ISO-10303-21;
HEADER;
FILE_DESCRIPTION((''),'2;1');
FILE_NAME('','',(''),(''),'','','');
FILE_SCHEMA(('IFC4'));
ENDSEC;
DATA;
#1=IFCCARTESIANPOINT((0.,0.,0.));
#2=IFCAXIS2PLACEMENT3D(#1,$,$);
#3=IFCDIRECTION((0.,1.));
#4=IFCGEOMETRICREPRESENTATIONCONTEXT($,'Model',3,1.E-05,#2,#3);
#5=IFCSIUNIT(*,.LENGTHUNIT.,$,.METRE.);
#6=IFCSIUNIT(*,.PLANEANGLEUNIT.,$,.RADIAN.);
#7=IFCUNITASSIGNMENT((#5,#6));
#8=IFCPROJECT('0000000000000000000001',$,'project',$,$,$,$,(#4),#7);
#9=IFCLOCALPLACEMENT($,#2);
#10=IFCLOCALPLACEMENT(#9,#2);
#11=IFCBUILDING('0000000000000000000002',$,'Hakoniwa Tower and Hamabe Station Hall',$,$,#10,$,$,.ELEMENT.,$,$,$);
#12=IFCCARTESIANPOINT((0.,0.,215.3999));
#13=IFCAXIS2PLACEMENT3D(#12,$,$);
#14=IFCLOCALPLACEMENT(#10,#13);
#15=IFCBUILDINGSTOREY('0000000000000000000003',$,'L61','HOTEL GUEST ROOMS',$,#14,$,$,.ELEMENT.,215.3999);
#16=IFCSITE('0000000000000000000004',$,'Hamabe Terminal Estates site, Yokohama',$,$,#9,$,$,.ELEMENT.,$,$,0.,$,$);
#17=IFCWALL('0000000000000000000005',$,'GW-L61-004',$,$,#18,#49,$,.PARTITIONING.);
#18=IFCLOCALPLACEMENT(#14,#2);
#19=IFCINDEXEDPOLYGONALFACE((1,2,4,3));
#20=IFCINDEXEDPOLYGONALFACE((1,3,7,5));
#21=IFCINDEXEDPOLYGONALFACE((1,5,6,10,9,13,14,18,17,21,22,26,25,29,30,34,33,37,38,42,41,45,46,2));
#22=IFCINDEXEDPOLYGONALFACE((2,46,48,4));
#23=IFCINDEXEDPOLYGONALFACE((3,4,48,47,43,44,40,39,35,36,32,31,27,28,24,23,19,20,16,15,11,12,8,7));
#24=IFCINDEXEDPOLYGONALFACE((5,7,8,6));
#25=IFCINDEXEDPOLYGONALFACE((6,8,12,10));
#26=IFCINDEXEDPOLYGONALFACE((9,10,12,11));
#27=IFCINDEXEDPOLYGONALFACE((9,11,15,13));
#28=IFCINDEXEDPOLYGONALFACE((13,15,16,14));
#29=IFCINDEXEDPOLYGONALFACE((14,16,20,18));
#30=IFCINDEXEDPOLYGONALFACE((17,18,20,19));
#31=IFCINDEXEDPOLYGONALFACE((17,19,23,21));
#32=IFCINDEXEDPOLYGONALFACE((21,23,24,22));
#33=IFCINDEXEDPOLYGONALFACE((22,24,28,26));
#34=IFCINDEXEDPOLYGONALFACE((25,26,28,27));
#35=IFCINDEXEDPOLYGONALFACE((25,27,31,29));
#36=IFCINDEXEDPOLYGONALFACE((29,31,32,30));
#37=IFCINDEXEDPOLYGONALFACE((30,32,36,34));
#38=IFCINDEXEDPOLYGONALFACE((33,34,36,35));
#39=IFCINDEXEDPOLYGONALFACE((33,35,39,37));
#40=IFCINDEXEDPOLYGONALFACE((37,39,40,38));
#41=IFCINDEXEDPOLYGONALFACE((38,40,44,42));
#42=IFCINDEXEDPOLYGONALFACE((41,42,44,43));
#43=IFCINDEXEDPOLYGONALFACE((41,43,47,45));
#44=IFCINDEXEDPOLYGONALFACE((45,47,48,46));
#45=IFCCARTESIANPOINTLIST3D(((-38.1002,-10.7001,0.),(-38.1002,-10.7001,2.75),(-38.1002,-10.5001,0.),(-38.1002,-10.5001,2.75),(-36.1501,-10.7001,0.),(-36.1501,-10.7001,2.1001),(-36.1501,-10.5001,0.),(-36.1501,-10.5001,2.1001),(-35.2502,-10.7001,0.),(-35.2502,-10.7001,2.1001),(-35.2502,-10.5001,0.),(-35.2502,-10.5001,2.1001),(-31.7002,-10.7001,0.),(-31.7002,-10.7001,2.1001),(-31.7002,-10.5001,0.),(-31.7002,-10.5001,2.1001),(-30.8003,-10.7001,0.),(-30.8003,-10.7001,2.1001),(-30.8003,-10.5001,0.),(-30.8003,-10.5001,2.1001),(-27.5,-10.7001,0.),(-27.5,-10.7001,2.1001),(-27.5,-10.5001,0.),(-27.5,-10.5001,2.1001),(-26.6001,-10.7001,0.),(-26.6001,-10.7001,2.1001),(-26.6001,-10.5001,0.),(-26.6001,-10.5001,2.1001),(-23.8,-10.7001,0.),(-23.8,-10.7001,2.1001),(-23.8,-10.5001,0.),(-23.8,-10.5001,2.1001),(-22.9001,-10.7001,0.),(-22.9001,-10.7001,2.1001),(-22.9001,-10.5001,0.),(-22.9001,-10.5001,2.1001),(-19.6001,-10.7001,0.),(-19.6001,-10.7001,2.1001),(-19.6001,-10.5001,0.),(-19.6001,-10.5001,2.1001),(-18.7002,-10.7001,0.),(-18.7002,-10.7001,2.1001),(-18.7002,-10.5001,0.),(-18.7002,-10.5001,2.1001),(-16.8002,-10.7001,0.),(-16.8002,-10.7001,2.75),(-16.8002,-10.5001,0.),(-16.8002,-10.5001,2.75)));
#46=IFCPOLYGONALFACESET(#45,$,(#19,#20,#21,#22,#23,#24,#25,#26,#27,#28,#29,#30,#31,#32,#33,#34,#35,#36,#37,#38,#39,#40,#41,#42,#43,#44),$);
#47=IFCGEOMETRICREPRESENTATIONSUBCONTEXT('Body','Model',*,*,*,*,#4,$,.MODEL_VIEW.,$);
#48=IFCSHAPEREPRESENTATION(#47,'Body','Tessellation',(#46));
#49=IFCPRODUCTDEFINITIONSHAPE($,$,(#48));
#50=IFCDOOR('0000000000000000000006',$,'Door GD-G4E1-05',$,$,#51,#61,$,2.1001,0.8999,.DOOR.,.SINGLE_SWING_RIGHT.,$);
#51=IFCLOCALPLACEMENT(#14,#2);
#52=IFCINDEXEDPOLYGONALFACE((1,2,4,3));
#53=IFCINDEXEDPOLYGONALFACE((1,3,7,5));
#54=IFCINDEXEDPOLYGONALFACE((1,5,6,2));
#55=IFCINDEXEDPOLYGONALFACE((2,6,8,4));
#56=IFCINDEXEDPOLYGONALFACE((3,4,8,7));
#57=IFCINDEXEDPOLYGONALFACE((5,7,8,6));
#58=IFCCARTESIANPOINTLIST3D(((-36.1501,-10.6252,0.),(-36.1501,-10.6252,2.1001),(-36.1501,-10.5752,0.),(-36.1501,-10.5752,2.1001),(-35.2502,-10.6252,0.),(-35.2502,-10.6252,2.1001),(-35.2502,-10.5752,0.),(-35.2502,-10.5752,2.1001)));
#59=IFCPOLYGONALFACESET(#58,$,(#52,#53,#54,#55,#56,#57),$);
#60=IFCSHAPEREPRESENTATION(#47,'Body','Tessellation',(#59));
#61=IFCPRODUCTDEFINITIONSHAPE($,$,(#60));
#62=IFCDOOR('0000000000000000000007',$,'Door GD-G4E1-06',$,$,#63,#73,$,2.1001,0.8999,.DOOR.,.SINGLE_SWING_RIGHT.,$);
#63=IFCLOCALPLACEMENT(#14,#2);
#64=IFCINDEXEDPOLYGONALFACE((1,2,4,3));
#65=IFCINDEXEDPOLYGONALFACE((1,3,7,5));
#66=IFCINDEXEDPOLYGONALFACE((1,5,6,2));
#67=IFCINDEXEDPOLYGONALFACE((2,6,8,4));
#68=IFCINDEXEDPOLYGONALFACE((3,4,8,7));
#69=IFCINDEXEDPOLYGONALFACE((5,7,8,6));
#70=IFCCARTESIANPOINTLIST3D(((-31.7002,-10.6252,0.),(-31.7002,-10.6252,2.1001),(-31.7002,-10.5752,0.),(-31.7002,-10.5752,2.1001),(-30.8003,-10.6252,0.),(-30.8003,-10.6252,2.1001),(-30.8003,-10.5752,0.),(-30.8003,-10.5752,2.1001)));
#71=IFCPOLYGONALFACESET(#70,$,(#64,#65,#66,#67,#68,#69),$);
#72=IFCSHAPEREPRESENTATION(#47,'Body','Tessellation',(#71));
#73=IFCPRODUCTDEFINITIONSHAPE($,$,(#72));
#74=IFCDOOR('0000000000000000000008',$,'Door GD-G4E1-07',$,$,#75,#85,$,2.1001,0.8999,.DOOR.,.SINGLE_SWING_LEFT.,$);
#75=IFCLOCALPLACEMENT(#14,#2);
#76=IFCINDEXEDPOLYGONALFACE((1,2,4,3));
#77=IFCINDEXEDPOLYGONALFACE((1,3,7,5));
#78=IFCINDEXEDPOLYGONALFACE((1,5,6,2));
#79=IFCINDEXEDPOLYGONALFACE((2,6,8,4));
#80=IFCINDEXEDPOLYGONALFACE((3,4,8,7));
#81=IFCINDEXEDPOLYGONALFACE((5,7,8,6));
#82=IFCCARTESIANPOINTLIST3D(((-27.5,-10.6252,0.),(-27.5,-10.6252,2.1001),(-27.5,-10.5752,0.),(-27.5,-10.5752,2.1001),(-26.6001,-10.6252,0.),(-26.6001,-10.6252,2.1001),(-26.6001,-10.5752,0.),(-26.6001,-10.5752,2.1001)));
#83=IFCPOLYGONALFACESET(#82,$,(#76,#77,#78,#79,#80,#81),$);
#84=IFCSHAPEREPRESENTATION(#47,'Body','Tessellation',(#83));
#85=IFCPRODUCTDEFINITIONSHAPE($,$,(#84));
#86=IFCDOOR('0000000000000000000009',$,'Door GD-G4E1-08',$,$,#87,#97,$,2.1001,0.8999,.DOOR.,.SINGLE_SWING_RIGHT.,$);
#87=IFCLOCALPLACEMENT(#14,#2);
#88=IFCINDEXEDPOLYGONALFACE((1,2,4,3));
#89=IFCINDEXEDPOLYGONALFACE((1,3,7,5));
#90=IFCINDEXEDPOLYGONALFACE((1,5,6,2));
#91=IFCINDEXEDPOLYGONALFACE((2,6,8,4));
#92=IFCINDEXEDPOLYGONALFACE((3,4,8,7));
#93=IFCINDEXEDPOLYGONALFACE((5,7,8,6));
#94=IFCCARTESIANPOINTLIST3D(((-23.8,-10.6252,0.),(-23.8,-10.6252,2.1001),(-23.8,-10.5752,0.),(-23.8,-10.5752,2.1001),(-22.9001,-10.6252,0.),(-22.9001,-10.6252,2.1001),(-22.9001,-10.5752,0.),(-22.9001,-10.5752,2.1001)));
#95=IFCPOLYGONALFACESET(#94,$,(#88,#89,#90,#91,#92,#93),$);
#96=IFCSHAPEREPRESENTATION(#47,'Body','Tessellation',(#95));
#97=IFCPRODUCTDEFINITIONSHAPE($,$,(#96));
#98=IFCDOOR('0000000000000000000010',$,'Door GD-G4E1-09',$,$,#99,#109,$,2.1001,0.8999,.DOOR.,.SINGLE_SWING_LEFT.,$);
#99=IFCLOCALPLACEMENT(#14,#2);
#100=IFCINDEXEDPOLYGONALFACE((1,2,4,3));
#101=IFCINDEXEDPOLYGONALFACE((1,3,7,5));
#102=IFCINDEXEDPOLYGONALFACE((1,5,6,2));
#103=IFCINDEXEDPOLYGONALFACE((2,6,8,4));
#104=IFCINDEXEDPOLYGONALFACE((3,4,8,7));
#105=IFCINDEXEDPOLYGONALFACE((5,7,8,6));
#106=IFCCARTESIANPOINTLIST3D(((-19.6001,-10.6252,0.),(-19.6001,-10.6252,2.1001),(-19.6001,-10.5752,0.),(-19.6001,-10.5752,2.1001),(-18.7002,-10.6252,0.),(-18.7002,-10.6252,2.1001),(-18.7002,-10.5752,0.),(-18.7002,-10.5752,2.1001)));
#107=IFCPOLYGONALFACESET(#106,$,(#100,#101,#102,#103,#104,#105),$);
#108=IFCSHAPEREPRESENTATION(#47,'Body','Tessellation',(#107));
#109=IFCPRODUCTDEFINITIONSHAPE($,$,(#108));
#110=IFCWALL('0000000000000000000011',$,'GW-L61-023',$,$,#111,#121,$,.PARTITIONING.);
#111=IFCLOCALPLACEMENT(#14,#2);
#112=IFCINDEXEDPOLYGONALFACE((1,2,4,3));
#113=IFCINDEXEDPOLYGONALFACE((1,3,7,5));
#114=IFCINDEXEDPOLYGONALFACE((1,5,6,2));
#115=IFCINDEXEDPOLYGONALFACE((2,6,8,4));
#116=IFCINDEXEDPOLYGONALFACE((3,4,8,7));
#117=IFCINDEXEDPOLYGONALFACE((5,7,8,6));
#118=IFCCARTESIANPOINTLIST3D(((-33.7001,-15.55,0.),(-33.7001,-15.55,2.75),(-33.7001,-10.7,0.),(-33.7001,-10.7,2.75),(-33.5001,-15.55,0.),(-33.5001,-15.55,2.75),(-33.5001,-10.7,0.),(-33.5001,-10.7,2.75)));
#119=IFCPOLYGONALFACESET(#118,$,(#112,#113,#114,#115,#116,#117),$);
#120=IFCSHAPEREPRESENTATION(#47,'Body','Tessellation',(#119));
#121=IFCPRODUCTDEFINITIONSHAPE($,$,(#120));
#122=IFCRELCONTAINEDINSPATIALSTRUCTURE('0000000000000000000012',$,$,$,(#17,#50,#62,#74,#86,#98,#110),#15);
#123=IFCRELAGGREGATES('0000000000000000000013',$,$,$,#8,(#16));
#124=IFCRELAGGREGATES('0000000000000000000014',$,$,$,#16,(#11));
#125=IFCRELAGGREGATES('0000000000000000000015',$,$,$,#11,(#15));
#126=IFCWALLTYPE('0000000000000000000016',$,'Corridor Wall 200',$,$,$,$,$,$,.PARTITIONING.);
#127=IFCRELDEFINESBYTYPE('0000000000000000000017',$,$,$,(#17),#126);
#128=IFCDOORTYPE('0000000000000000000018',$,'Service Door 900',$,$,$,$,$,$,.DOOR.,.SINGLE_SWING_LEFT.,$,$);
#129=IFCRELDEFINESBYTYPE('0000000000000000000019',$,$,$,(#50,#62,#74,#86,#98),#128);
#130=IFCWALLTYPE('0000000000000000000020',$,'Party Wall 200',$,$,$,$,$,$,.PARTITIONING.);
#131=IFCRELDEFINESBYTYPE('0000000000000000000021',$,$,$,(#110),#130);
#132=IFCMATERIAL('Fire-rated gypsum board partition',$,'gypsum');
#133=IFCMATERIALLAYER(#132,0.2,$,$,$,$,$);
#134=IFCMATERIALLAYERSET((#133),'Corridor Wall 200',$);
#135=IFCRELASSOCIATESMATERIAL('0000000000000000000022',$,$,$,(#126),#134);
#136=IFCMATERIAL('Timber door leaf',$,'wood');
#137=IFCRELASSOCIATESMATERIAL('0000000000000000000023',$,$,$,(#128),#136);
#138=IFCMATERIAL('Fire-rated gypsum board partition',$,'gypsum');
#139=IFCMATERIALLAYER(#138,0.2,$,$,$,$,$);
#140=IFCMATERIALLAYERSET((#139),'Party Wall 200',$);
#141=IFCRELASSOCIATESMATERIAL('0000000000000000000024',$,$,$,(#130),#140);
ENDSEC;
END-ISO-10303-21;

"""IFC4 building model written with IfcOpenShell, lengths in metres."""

from ifc_helpers import new_model, si_unit, direction, frame, frame_2d, origin, place, context, subcontext, project, spatial, rectangle, extrude, material, layer, layer_set, type_object, element, fill, save


model = new_model("IFC4")

# Units and contexts
model_context = context("Model", 3, precision=1e-05, world=origin(), true_north=direction((0.0, 1.0)))
body_context = subcontext(model_context, "Body", "Model", "MODEL_VIEW")
ifc_project = project(units=[si_unit("LENGTHUNIT", "METRE"), si_unit("PLANEANGLEUNIT", "RADIAN")], contexts=[model_context])

# Site, building, storey
site_placement = place(None, origin())
site = spatial("IfcSite", under=ifc_project, at=site_placement, Name="Hamabe Terminal Estates site, Yokohama", CompositionType="ELEMENT", RefElevation=0.0)
building_placement = place(site_placement, origin())
building = spatial("IfcBuilding", under=site, at=building_placement, Name="Hakoniwa Tower and Hamabe Station Hall", CompositionType="ELEMENT")
storey_placement = place(building_placement, frame((0.0, 0.0, 215.3999)))
storey = spatial("IfcBuildingStorey", under=building, at=storey_placement, Name="L61", Description="HOTEL GUEST ROOMS", CompositionType="ELEMENT", Elevation=215.3999)

# Wall, openings, doors
ifc_material_1 = material(Name="Fire-rated gypsum board partition", Category="gypsum")
ifc_layer_1 = layer(ifc_material_1, 0.2)
ifc_layer_set_1 = layer_set([ifc_layer_1], Name="Corridor Wall 200")
wall_type_1 = type_object("IfcWallType", Name="Corridor Wall 200", PredefinedType="PARTITIONING", material=ifc_layer_set_1)
wall_1_placement = place(storey_placement, frame((-38.1001, -10.6001, 0.0), z_axis=(0.0, 0.0, 1.0), x_axis=(1.0, 0.0, 0.0)))
wall_1 = element("IfcWall", 1, at=wall_1_placement, inside=storey, type_object=wall_type_1, Name="GW-L61-004", PredefinedType="PARTITIONING", context=body_context, shape_type="SweptSolid", body=[
    extrude(rectangle(XDim=21.3, YDim=0.2, at=frame_2d((10.6499, 0.0))), origin(), (0.0, 0.0, 1.0), 2.75),
])
opening_1_placement = place(wall_1_placement, frame((1.95, 0.0, 0.0)))
opening_1 = element("IfcOpeningElement", 2, at=opening_1_placement, cuts=wall_1, PredefinedType="OPENING", context=body_context, shape_type="SweptSolid", body=[
    extrude(rectangle(XDim=0.8999, YDim=2.1001, at=frame_2d((0.45, 1.05))), frame((0.0, 0.1099, 0.0), z_axis=(0.0, -1.0, 0.0), x_axis=(1.0, 0.0, 0.0)), (0.0, 0.0, 1.0), 0.22),
])
opening_2_placement = place(wall_1_placement, frame((6.3999, 0.0, 0.0)))
opening_2 = element("IfcOpeningElement", 3, at=opening_2_placement, cuts=wall_1, PredefinedType="OPENING", context=body_context, shape_type="SweptSolid", body=[
    extrude(rectangle(XDim=0.8999, YDim=2.1001, at=frame_2d((0.45, 1.05))), frame((0.0, 0.1099, 0.0), z_axis=(0.0, -1.0, 0.0), x_axis=(1.0, 0.0, 0.0)), (0.0, 0.0, 1.0), 0.22),
])
opening_3_placement = place(wall_1_placement, frame((10.6001, 0.0, 0.0)))
opening_3 = element("IfcOpeningElement", 4, at=opening_3_placement, cuts=wall_1, PredefinedType="OPENING", context=body_context, shape_type="SweptSolid", body=[
    extrude(rectangle(XDim=0.8999, YDim=2.1001, at=frame_2d((0.45, 1.05))), frame((0.0, 0.1099, 0.0), z_axis=(0.0, -1.0, 0.0), x_axis=(1.0, 0.0, 0.0)), (0.0, 0.0, 1.0), 0.22),
])
opening_4_placement = place(wall_1_placement, frame((14.3, 0.0, 0.0)))
opening_4 = element("IfcOpeningElement", 5, at=opening_4_placement, cuts=wall_1, PredefinedType="OPENING", context=body_context, shape_type="SweptSolid", body=[
    extrude(rectangle(XDim=0.8999, YDim=2.1001, at=frame_2d((0.45, 1.05))), frame((0.0, 0.1099, 0.0), z_axis=(0.0, -1.0, 0.0), x_axis=(1.0, 0.0, 0.0)), (0.0, 0.0, 1.0), 0.22),
])
opening_5_placement = place(wall_1_placement, frame((18.5, 0.0, 0.0)))
opening_5 = element("IfcOpeningElement", 6, at=opening_5_placement, cuts=wall_1, PredefinedType="OPENING", context=body_context, shape_type="SweptSolid", body=[
    extrude(rectangle(XDim=0.8999, YDim=2.1001, at=frame_2d((0.45, 1.05))), frame((0.0, 0.1099, 0.0), z_axis=(0.0, -1.0, 0.0), x_axis=(1.0, 0.0, 0.0)), (0.0, 0.0, 1.0), 0.22),
])
ifc_material_2 = material(Name="Timber door leaf", Category="wood")
door_type_1 = type_object("IfcDoorType", Name="Service Door 900", OperationType="SINGLE_SWING_LEFT", PredefinedType="DOOR", material=ifc_material_2)
door_1_placement = place(opening_1_placement, origin())
door_1 = element("IfcDoor", 7, at=door_1_placement, inside=storey, type_object=door_type_1, Name="Door GD-G4E1-05", OperationType="SINGLE_SWING_RIGHT", OverallHeight=2.1001, OverallWidth=0.8999, PredefinedType="DOOR", context=body_context, shape_type="SweptSolid", body=[
    extrude(rectangle(XDim=0.8999, YDim=2.1001, at=frame_2d((0.45, 1.05))), frame((0.0, 0.0249, 0.0), z_axis=(0.0, -1.0, 0.0), x_axis=(1.0, 0.0, 0.0)), (0.0, 0.0, 1.0), 0.05),
])
fill(opening_1, door_1)
door_2_placement = place(opening_2_placement, origin())
door_2 = element("IfcDoor", 8, at=door_2_placement, inside=storey, type_object=door_type_1, Name="Door GD-G4E1-06", OperationType="SINGLE_SWING_RIGHT", OverallHeight=2.1001, OverallWidth=0.8999, PredefinedType="DOOR", context=body_context, shape_type="SweptSolid", body=[
    extrude(rectangle(XDim=0.8999, YDim=2.1001, at=frame_2d((0.45, 1.05))), frame((0.0, 0.0249, 0.0), z_axis=(0.0, -1.0, 0.0), x_axis=(1.0, 0.0, 0.0)), (0.0, 0.0, 1.0), 0.05),
])
fill(opening_2, door_2)
door_3_placement = place(opening_3_placement, origin())
door_3 = element("IfcDoor", 9, at=door_3_placement, inside=storey, type_object=door_type_1, Name="Door GD-G4E1-07", OperationType="SINGLE_SWING_LEFT", OverallHeight=2.1001, OverallWidth=0.8999, PredefinedType="DOOR", context=body_context, shape_type="SweptSolid", body=[
    extrude(rectangle(XDim=0.8999, YDim=2.1001, at=frame_2d((0.45, 1.05))), frame((0.0, 0.0249, 0.0), z_axis=(0.0, -1.0, 0.0), x_axis=(1.0, 0.0, 0.0)), (0.0, 0.0, 1.0), 0.05),
])
fill(opening_3, door_3)
door_4_placement = place(opening_4_placement, origin())
door_4 = element("IfcDoor", 10, at=door_4_placement, inside=storey, type_object=door_type_1, Name="Door GD-G4E1-08", OperationType="SINGLE_SWING_RIGHT", OverallHeight=2.1001, OverallWidth=0.8999, PredefinedType="DOOR", context=body_context, shape_type="SweptSolid", body=[
    extrude(rectangle(XDim=0.8999, YDim=2.1001, at=frame_2d((0.45, 1.05))), frame((0.0, 0.0249, 0.0), z_axis=(0.0, -1.0, 0.0), x_axis=(1.0, 0.0, 0.0)), (0.0, 0.0, 1.0), 0.05),
])
fill(opening_4, door_4)
door_5_placement = place(opening_5_placement, origin())
door_5 = element("IfcDoor", 11, at=door_5_placement, inside=storey, type_object=door_type_1, Name="Door GD-G4E1-09", OperationType="SINGLE_SWING_LEFT", OverallHeight=2.1001, OverallWidth=0.8999, PredefinedType="DOOR", context=body_context, shape_type="SweptSolid", body=[
    extrude(rectangle(XDim=0.8999, YDim=2.1001, at=frame_2d((0.45, 1.05))), frame((0.0, 0.0249, 0.0), z_axis=(0.0, -1.0, 0.0), x_axis=(1.0, 0.0, 0.0)), (0.0, 0.0, 1.0), 0.05),
])
fill(opening_5, door_5)

# Wall
ifc_material_3 = material(Name="Fire-rated gypsum board partition", Category="gypsum")
ifc_layer_2 = layer(ifc_material_3, 0.2)
ifc_layer_set_2 = layer_set([ifc_layer_2], Name="Party Wall 200")
wall_type_2 = type_object("IfcWallType", Name="Party Wall 200", PredefinedType="PARTITIONING", material=ifc_layer_set_2)
wall_2_placement = place(storey_placement, frame((-33.6001, -15.55, 0.0), z_axis=(0.0, 0.0, 1.0), x_axis=(0.0, 1.0, 0.0)))
element("IfcWall", 12, at=wall_2_placement, inside=storey, type_object=wall_type_2, Name="GW-L61-023", PredefinedType="PARTITIONING", context=body_context, shape_type="SweptSolid", body=[
    extrude(rectangle(XDim=4.8501, YDim=0.2, at=frame_2d((2.425, 0.0))), origin(), (0.0, 0.0, 1.0), 2.75),
])

save(model, "model.ifc")
